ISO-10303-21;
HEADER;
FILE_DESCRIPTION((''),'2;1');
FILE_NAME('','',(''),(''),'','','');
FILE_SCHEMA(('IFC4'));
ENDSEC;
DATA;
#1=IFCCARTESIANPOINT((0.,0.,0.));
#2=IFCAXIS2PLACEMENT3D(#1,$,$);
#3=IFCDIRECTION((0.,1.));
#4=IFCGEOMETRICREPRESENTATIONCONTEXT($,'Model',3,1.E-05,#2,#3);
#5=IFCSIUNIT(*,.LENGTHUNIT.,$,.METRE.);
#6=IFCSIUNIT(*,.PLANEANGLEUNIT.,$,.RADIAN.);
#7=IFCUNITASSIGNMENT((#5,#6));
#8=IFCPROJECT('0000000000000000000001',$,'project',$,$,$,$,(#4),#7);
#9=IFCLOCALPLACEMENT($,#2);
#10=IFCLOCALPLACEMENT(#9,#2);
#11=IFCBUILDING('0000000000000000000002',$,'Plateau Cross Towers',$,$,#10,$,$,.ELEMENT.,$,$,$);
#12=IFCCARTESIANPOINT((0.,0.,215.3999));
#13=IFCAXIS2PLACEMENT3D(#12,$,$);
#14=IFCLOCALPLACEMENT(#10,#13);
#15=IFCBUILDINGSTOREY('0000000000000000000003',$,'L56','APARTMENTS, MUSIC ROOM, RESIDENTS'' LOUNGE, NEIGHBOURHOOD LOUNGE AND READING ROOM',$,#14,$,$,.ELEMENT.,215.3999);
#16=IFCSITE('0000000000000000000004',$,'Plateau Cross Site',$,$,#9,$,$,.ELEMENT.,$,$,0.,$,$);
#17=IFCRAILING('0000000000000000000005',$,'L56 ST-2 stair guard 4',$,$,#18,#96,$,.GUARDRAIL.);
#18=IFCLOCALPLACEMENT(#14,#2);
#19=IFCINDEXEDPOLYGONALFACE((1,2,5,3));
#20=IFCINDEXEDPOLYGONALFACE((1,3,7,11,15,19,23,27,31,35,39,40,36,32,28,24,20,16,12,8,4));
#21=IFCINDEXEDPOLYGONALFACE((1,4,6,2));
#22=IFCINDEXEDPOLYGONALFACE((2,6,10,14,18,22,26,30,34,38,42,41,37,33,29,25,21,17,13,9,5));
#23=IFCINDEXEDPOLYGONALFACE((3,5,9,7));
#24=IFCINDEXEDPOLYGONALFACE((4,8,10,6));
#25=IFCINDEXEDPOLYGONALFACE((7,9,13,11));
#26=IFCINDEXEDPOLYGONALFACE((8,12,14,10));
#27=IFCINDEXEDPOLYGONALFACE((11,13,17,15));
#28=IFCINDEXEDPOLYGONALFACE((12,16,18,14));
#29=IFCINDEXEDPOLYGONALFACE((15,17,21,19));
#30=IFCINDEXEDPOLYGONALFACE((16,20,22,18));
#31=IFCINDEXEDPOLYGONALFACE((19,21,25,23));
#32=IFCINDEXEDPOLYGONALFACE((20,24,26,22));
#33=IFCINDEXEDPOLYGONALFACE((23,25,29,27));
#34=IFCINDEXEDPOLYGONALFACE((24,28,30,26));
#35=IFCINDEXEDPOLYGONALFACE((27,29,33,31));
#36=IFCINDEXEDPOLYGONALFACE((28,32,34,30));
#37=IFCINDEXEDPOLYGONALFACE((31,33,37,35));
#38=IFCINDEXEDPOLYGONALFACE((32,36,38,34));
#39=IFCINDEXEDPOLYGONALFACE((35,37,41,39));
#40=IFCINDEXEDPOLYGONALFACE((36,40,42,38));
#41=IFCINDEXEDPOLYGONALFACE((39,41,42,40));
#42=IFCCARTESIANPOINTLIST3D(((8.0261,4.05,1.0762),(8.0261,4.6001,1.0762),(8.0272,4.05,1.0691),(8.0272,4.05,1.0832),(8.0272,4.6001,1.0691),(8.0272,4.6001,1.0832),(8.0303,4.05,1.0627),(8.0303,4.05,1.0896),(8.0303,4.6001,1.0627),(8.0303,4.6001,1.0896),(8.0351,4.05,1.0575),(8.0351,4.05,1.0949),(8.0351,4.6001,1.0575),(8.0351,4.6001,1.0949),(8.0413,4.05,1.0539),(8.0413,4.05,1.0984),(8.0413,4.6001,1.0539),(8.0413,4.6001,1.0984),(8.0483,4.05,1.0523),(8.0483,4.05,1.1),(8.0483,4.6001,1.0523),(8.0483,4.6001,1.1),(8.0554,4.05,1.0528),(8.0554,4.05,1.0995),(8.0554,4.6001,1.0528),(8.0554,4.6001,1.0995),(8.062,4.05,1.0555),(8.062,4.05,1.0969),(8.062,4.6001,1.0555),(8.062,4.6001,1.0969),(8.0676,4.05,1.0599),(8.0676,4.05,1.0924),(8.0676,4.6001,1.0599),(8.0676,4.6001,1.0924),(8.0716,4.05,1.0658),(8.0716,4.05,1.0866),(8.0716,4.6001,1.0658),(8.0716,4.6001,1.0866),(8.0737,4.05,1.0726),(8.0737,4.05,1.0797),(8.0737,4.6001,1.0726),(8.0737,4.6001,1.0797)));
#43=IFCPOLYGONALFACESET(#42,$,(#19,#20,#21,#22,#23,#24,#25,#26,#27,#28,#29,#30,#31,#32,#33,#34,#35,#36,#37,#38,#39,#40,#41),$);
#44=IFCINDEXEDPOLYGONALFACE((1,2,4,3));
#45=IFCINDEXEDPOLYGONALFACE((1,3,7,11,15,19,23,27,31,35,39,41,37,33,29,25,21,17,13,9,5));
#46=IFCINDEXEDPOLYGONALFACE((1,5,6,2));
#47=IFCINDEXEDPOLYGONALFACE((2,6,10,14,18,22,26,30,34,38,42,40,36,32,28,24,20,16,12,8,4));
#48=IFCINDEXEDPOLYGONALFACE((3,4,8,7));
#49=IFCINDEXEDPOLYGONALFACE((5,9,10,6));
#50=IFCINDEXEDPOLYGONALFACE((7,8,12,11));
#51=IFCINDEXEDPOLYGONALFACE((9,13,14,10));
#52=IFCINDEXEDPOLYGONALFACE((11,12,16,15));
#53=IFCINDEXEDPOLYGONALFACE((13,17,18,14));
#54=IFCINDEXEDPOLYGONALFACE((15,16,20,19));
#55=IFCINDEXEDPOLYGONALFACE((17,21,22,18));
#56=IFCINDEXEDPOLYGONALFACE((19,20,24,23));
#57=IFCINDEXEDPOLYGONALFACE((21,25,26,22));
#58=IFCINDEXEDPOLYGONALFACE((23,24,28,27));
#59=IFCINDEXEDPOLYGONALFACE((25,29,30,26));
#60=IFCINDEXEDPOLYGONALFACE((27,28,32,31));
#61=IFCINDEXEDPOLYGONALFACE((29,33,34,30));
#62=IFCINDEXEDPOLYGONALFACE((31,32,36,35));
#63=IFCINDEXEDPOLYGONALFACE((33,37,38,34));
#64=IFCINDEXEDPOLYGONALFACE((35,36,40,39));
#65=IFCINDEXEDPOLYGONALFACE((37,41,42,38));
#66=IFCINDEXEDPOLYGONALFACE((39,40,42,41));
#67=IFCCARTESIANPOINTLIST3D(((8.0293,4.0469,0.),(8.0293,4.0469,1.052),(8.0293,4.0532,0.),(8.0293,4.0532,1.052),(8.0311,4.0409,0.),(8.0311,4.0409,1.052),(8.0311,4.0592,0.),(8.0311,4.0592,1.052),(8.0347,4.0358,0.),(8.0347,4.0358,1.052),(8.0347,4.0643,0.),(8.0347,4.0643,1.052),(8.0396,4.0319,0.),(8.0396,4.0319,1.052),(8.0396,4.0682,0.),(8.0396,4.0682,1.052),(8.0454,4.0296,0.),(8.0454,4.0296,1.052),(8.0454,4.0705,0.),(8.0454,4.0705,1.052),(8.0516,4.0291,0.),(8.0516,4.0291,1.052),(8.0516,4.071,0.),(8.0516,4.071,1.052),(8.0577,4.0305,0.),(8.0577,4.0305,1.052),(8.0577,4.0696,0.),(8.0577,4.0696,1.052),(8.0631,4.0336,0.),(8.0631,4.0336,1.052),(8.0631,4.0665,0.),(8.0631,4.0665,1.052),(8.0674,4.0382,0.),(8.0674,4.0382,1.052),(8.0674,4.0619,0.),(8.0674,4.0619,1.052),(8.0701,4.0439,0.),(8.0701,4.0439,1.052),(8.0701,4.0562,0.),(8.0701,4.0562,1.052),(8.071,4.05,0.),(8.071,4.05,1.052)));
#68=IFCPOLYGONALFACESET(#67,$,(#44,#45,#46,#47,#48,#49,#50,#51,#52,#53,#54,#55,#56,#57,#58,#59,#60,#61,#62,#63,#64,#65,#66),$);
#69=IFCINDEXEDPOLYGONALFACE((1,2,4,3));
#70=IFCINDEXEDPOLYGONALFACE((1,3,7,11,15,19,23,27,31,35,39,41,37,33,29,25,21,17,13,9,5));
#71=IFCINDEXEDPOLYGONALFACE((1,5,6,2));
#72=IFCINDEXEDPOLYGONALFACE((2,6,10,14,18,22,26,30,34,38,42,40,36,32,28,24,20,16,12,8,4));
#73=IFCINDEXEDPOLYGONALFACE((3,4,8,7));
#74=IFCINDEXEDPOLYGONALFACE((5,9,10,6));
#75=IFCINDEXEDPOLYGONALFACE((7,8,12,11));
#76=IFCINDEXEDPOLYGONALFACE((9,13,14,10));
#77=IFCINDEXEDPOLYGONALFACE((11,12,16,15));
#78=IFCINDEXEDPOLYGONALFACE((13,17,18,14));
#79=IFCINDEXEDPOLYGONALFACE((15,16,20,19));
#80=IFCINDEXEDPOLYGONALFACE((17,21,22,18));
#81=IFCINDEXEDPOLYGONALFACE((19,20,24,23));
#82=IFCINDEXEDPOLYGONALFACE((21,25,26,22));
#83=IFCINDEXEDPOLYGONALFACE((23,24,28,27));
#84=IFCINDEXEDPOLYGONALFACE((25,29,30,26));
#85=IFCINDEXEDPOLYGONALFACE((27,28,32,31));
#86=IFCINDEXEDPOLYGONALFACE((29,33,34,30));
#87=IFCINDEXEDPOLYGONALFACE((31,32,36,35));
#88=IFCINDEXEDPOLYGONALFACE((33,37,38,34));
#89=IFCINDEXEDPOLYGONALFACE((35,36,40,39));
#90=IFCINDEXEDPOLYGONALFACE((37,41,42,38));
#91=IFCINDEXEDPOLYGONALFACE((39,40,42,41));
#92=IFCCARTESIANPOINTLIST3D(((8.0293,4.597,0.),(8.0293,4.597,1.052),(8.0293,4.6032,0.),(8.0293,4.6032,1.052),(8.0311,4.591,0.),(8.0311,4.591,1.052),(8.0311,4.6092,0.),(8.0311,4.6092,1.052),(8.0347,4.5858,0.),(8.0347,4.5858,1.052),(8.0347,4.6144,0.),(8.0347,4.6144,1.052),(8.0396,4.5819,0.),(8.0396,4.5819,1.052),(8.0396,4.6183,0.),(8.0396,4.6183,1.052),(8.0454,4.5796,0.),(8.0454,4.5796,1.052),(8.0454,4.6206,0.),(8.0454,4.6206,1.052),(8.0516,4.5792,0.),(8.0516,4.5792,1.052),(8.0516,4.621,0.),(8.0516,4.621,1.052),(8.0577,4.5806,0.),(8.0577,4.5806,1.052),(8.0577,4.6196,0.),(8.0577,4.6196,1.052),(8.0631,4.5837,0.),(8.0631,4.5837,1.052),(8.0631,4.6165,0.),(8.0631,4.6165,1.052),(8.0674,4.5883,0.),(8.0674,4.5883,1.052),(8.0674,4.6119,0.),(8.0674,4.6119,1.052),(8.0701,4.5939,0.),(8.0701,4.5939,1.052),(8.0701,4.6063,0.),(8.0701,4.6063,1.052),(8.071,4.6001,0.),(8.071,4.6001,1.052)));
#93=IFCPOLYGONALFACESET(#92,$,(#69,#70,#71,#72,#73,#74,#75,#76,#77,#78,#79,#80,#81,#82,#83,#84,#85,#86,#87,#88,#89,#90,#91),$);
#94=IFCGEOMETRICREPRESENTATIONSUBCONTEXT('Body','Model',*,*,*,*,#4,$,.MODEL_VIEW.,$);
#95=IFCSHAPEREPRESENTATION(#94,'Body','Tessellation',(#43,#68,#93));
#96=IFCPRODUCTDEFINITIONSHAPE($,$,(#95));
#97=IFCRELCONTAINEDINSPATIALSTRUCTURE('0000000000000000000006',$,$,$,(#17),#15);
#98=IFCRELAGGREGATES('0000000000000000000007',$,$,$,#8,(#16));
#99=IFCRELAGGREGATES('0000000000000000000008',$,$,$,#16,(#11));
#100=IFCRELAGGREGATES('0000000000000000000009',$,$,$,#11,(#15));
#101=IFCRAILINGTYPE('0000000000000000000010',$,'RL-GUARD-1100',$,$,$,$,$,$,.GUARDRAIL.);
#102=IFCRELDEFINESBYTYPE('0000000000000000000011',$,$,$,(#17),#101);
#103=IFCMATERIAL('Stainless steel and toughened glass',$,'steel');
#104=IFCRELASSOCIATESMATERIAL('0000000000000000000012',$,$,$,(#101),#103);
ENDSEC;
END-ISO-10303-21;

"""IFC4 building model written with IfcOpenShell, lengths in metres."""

from ifc_helpers import new_model, si_unit, direction, frame, origin, origin_2d, place, context, subcontext, project, spatial, circle, extrude, material, type_object, element, save


model = new_model("IFC4")

# Units and contexts
model_context = context("Model", 3, precision=1e-05, world=origin(), true_north=direction((0.0, 1.0)))
body_context = subcontext(model_context, "Body", "Model", "MODEL_VIEW")
ifc_project = project(units=[si_unit("LENGTHUNIT", "METRE"), si_unit("PLANEANGLEUNIT", "RADIAN")], contexts=[model_context])

# Site, building, storey
site_placement = place(None, origin())
site = spatial("IfcSite", under=ifc_project, at=site_placement, Name="Plateau Cross Site", CompositionType="ELEMENT", RefElevation=0.0)
building_placement = place(site_placement, origin())
building = spatial("IfcBuilding", under=site, at=building_placement, Name="Plateau Cross Towers", CompositionType="ELEMENT")
storey_placement = place(building_placement, frame((0.0, 0.0, 215.3999)))
storey = spatial("IfcBuildingStorey", under=building, at=storey_placement, Name="L56", Description="APARTMENTS, MUSIC ROOM, RESIDENTS' LOUNGE, NEIGHBOURHOOD LOUNGE AND READING ROOM", CompositionType="ELEMENT", Elevation=215.3999)

# Railing
ifc_material_1 = material(Name="Stainless steel and toughened glass", Category="steel")
railing_type_1 = type_object("IfcRailingType", Name="RL-GUARD-1100", PredefinedType="GUARDRAIL", material=ifc_material_1)
for number, where, name in (
    (1, (8.05, 4.05, 0.0), "L56 ST-2 stair guard 4"),
):
    element("IfcRailing", number, at=place(storey_placement, frame(where)), inside=storey, type_object=railing_type_1, Name=name, PredefinedType="GUARDRAIL", context=body_context, shape_type="SweptSolid", body=[
        extrude(circle(Radius=0.0239, at=origin_2d()), frame((0.0, 0.0, 1.0762), z_axis=(0.0, 1.0, 0.0), x_axis=(-1.0, 0.0, 0.0)), (0.0, 0.0, 1.0), 0.55),
        extrude(circle(Radius=0.021, at=origin_2d()), origin(), (0.0, 0.0, 1.0), 1.052),
        extrude(circle(Radius=0.021, at=origin_2d()), frame((0.0, 0.55, 0.0)), (0.0, 0.0, 1.0), 1.052),
    ])

save(model, "model.ifc")
